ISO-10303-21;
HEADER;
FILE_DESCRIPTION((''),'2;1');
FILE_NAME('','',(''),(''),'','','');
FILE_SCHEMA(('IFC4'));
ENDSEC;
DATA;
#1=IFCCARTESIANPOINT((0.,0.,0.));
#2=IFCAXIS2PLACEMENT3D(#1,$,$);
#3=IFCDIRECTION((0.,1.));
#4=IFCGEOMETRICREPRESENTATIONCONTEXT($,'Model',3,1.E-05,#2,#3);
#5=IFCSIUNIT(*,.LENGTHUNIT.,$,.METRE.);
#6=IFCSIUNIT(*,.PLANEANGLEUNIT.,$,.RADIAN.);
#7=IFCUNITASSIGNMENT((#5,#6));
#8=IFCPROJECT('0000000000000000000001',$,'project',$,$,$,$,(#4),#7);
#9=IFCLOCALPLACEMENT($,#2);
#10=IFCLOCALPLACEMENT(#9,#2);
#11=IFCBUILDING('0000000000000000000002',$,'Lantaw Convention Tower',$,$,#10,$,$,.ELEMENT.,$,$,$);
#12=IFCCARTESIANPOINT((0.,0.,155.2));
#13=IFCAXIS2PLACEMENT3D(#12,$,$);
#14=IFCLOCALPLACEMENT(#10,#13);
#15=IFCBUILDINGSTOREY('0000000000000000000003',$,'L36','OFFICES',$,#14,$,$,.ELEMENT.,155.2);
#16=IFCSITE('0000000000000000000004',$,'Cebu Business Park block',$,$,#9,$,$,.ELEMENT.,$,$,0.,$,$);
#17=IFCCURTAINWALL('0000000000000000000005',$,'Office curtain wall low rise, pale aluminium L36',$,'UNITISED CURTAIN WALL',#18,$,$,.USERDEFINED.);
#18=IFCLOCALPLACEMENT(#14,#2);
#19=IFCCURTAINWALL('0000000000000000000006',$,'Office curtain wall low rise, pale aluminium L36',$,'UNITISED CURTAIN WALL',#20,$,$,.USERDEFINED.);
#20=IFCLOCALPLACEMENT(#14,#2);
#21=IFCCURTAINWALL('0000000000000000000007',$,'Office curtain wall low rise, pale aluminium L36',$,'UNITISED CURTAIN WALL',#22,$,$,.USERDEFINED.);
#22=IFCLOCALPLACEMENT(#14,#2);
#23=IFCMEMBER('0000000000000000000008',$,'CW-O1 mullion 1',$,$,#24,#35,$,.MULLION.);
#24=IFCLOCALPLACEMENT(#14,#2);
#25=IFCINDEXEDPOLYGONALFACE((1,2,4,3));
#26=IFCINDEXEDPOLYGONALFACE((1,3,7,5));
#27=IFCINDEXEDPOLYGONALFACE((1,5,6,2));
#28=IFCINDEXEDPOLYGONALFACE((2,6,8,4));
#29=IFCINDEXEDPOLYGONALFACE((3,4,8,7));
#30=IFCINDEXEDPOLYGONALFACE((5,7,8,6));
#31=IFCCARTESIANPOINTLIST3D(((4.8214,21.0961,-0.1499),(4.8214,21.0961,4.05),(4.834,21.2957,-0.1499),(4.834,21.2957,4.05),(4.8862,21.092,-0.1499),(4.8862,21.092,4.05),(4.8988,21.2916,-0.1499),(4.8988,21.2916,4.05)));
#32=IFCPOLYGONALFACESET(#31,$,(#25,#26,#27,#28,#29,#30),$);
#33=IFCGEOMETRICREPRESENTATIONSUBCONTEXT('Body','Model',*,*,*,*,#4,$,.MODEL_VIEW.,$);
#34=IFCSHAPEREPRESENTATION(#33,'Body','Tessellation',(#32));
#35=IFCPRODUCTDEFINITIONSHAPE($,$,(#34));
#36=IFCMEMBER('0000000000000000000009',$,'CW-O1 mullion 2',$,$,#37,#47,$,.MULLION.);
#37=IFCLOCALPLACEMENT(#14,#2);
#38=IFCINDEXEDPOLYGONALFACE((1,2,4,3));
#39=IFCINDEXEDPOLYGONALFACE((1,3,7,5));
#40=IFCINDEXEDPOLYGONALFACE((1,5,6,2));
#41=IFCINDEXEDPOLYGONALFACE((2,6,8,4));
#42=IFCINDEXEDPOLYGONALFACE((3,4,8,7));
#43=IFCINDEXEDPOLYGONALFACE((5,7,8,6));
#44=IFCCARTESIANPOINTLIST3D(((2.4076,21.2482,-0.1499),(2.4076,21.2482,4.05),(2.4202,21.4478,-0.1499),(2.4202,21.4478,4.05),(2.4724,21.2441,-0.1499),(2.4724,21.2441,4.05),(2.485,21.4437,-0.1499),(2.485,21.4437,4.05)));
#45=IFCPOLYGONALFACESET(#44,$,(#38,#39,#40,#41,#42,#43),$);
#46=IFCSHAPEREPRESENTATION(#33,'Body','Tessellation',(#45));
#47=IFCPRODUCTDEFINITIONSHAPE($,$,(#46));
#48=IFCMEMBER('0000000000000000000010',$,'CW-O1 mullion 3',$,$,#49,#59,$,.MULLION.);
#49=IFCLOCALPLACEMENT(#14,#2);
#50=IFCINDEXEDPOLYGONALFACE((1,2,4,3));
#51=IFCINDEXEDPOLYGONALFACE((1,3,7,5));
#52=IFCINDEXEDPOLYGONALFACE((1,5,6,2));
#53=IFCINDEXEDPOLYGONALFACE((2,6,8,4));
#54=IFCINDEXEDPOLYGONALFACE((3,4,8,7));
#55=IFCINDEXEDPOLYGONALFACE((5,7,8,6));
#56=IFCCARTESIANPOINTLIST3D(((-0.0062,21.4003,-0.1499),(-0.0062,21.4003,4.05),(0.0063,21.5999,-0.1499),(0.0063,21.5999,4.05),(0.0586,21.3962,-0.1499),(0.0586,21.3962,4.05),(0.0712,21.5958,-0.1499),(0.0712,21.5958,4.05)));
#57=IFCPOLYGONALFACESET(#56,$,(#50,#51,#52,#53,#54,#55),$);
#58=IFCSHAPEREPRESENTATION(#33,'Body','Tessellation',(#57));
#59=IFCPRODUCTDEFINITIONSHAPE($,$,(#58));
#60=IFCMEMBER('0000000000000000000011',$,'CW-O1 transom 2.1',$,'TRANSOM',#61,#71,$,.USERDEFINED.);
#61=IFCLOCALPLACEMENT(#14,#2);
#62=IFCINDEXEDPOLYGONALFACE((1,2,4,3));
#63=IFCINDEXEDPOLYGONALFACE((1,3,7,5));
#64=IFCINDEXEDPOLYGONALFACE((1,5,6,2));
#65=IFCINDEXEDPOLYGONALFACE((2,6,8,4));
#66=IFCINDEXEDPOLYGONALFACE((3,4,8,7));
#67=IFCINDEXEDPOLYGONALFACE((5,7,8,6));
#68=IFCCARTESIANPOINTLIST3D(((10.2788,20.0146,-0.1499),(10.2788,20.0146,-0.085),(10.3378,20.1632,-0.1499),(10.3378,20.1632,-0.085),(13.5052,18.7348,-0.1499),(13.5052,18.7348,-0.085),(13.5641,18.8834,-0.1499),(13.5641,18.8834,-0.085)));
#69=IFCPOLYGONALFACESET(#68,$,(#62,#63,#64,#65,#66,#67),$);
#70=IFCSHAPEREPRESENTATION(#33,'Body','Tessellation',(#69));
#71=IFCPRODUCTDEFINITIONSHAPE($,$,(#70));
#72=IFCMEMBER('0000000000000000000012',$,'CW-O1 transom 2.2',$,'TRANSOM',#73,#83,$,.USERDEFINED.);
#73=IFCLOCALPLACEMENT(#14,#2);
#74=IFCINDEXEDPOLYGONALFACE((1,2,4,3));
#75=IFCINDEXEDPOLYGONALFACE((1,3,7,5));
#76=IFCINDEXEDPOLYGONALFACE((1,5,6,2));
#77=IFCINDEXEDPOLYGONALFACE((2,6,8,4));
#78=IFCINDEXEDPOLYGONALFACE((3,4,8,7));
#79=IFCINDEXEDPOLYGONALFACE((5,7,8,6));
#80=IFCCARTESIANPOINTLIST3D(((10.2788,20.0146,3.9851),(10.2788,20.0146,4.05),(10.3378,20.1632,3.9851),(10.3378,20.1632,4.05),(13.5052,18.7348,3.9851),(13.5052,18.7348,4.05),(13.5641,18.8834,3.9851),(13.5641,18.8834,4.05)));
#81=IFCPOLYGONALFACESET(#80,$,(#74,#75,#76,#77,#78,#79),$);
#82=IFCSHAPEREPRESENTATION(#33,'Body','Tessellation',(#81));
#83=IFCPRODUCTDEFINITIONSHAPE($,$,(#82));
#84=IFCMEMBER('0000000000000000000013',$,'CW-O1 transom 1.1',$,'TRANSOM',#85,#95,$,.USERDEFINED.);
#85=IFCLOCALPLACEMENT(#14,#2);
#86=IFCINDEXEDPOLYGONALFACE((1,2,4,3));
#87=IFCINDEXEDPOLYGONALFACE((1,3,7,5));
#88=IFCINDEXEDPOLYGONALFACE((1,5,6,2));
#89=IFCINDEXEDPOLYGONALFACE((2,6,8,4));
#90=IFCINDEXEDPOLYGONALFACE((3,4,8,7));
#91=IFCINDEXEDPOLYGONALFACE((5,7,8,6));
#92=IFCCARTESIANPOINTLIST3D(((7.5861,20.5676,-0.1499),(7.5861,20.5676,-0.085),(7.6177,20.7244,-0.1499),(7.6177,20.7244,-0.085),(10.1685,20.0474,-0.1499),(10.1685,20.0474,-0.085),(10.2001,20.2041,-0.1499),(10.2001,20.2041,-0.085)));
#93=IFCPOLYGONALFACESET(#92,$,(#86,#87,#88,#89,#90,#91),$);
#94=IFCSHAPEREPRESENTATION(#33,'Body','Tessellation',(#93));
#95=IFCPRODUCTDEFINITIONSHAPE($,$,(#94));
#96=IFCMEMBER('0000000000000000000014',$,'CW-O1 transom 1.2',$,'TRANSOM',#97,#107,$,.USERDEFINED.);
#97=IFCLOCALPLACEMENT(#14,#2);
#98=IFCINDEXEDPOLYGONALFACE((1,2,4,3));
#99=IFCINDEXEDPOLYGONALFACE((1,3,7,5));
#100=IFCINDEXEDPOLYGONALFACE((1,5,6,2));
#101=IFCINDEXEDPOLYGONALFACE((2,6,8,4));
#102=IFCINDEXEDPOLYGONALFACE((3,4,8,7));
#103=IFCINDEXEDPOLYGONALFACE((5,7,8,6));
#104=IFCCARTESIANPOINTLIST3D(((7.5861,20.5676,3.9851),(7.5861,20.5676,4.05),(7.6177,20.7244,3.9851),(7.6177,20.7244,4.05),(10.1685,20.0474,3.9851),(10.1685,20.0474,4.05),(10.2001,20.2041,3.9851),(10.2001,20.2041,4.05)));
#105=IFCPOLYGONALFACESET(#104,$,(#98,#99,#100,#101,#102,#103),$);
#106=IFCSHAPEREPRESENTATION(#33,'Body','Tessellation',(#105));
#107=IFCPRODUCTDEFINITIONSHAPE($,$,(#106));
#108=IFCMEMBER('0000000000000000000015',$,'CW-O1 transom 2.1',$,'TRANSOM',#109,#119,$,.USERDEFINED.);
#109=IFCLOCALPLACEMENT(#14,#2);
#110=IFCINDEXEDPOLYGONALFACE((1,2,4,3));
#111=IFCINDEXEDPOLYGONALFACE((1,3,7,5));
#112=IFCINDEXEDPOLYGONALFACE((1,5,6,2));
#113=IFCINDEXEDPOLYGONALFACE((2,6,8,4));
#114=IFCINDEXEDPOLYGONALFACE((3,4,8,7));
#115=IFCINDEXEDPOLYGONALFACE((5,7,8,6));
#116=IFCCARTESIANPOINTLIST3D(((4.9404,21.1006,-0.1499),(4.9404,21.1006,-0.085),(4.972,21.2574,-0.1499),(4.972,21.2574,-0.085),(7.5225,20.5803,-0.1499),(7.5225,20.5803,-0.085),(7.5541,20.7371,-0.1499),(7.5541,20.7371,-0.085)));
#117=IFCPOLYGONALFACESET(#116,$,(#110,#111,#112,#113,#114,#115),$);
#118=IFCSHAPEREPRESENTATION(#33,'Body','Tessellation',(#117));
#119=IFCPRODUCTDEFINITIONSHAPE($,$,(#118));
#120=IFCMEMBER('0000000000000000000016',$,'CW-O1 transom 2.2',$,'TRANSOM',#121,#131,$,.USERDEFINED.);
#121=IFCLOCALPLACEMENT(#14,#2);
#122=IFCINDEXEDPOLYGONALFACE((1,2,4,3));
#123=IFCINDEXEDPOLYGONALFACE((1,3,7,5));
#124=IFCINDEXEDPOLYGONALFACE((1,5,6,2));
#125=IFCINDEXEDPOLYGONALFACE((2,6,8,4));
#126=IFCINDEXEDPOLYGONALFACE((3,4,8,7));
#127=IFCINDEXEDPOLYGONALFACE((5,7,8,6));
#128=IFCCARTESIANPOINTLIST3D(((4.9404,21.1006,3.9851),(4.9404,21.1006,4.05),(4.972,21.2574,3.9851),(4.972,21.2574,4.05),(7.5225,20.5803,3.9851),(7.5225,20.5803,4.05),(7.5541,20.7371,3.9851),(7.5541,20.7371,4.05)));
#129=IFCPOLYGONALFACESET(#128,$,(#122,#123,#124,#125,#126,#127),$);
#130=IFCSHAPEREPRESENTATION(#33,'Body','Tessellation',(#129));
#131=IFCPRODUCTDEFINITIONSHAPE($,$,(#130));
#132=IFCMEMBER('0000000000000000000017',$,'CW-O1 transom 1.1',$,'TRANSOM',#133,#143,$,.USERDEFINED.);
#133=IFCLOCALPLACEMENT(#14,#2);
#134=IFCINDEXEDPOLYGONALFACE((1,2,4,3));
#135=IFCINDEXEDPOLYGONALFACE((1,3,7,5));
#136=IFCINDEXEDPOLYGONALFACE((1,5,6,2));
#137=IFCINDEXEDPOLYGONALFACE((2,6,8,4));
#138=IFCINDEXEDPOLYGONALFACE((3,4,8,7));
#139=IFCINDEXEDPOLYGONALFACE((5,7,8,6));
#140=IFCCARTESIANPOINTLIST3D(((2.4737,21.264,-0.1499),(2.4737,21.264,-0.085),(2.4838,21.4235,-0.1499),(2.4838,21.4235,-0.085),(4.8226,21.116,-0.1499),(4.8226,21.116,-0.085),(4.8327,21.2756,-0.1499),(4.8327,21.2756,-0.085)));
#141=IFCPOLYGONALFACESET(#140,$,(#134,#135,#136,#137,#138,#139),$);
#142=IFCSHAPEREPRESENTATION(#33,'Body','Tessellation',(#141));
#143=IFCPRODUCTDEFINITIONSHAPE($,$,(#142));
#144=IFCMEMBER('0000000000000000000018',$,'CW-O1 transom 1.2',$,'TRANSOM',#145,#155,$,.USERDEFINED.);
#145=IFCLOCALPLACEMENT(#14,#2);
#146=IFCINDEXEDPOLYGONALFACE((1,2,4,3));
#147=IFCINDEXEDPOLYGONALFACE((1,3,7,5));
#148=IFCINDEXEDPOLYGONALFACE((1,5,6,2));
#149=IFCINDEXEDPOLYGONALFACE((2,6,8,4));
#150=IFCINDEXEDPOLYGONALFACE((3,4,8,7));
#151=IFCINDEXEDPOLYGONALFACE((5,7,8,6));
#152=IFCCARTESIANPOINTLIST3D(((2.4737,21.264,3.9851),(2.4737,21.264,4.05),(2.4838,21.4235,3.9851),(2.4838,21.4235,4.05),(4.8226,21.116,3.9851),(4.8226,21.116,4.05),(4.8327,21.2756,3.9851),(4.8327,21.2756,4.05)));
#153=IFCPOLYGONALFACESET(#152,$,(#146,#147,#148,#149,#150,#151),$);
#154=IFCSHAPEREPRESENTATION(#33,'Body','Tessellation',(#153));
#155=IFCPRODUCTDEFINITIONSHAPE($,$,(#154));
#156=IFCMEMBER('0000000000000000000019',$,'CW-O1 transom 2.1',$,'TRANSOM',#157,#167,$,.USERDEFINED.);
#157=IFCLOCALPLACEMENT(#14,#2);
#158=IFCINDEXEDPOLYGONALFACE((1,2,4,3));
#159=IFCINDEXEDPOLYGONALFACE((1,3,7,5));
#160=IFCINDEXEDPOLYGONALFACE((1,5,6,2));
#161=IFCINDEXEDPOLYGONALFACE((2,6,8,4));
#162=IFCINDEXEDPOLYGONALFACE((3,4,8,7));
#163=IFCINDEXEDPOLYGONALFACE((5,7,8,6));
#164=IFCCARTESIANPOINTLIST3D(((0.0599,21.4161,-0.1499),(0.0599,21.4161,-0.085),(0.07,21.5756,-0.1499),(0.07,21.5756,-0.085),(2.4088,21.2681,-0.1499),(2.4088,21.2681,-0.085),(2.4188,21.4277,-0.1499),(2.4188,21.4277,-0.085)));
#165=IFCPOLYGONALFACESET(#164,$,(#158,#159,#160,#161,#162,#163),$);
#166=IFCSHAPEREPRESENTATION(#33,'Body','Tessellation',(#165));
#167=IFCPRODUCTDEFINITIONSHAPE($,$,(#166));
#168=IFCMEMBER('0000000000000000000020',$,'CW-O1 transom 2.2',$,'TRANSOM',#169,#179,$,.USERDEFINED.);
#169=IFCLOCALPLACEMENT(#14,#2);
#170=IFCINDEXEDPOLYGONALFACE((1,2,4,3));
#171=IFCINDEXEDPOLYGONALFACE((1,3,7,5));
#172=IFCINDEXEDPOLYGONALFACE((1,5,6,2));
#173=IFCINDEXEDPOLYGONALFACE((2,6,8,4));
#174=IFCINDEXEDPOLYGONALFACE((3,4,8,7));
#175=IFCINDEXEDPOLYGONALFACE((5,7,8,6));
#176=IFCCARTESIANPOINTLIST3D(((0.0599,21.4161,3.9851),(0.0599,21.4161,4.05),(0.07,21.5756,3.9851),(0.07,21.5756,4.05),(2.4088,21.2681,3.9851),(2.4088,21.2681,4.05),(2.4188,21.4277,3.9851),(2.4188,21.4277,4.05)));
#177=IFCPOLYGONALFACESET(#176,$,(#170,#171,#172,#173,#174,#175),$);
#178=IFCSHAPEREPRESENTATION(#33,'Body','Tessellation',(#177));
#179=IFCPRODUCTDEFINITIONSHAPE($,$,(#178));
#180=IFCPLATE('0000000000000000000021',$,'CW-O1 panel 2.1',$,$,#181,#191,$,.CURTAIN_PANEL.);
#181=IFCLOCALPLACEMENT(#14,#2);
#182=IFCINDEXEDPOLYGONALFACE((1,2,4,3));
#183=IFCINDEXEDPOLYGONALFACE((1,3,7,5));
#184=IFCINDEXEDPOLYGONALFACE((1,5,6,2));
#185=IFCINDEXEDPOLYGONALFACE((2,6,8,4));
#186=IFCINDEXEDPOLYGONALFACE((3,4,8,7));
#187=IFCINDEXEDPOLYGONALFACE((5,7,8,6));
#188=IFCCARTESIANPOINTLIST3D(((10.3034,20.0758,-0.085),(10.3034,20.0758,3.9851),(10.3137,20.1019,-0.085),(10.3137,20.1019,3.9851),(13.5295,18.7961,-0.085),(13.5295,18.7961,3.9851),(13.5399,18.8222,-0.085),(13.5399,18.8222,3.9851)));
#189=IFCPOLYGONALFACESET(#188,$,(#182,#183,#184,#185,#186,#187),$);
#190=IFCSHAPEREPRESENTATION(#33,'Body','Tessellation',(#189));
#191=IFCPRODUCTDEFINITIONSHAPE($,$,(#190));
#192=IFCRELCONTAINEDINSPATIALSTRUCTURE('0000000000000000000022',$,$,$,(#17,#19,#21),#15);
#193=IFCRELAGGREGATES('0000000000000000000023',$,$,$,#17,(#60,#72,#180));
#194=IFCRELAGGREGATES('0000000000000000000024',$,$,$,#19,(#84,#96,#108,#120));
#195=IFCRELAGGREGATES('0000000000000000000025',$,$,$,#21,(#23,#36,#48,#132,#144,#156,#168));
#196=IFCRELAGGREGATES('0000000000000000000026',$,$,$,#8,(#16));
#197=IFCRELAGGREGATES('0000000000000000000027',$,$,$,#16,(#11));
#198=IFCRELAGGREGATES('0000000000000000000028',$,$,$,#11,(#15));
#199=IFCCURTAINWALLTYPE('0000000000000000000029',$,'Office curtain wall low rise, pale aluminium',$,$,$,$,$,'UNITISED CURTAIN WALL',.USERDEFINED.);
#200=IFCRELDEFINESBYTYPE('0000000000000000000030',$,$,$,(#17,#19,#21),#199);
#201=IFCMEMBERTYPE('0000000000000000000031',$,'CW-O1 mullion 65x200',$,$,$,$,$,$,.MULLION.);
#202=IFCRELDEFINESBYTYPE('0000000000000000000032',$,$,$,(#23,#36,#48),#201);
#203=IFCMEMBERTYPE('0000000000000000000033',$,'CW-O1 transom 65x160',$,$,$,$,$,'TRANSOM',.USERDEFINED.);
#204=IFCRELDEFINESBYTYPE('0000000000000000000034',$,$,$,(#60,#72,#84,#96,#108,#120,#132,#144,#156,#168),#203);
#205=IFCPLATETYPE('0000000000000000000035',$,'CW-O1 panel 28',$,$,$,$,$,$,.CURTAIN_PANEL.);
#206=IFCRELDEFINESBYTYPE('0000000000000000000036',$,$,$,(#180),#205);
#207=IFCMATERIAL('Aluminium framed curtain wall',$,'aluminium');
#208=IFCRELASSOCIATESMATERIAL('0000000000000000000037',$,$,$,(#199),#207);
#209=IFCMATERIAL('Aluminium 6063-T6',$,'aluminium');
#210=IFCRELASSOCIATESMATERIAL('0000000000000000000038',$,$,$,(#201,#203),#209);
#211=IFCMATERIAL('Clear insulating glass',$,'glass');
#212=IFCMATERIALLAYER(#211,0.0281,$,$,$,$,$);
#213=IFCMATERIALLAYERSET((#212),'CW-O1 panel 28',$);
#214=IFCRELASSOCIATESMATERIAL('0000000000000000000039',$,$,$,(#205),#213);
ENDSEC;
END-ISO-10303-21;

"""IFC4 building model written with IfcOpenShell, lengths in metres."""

from ifc_helpers import new_model, si_unit, direction, frame, origin, origin_2d, place, context, subcontext, project, spatial, rectangle, extrude, material, layer, layer_set, material_profile, profile_set, type_object, element, aggregate, save


model = new_model("IFC4")

# Units and contexts
model_context = context("Model", 3, precision=1e-05, world=origin(), true_north=direction((0.0, 1.0)))
body_context = subcontext(model_context, "Body", "Model", "MODEL_VIEW")
ifc_project = project(units=[si_unit("LENGTHUNIT", "METRE"), si_unit("PLANEANGLEUNIT", "RADIAN")], contexts=[model_context])

# Site, building, storey
site_placement = place(None, origin())
site = spatial("IfcSite", under=ifc_project, at=site_placement, Name="Cebu Business Park block", CompositionType="ELEMENT", RefElevation=0.0)
building_placement = place(site_placement, origin())
building = spatial("IfcBuilding", under=site, at=building_placement, Name="Lantaw Convention Tower", CompositionType="ELEMENT")
storey_placement = place(building_placement, frame((0.0, 0.0, 155.2)))
storey = spatial("IfcBuildingStorey", under=building, at=storey_placement, Name="L36", Description="OFFICES", CompositionType="ELEMENT", Elevation=155.2)

# Curtain wall
ifc_material_1 = material(Name="Aluminium framed curtain wall", Category="aluminium")
curtain_wall_type = type_object("IfcCurtainWallType", Name="Office curtain wall low rise, pale aluminium", ElementType="UNITISED CURTAIN WALL", PredefinedType="USERDEFINED", material=ifc_material_1)
curtain_wall_1_placement = place(storey_placement, origin())
curtain_wall_1 = element("IfcCurtainWall", 1, at=curtain_wall_1_placement, inside=storey, type_object=curtain_wall_type, Name="Office curtain wall low rise, pale aluminium L36", ObjectType="UNITISED CURTAIN WALL", PredefinedType="USERDEFINED")
ifc_material_2 = material(Name="Aluminium 6063-T6", Category="aluminium")
ifc_material_profile_1 = material_profile(ifc_material_2, rectangle(XDim=0.2, YDim=0.0649, at=origin_2d()), Name="CW-O1 mullion 65x200")
ifc_profile_set_1 = profile_set([ifc_material_profile_1], Name="Aluminium 6063-T6")
member_type_1 = type_object("IfcMemberType", Name="CW-O1 mullion 65x200", PredefinedType="MULLION", material=ifc_profile_set_1)

# Curtain walls, members
curtain_wall_2_placement = place(storey_placement, origin())
curtain_wall_2 = element("IfcCurtainWall", 2, at=curtain_wall_2_placement, inside=storey, type_object=curtain_wall_type, Name="Office curtain wall low rise, pale aluminium L36", ObjectType="UNITISED CURTAIN WALL", PredefinedType="USERDEFINED")
curtain_wall_3_placement = place(storey_placement, origin())
curtain_wall_3 = element("IfcCurtainWall", 3, at=curtain_wall_3_placement, inside=storey, type_object=curtain_wall_type, Name="Office curtain wall low rise, pale aluminium L36", ObjectType="UNITISED CURTAIN WALL", PredefinedType="USERDEFINED")
member_1_placement = place(storey_placement, frame((4.8601, 21.1938, -0.1499), z_axis=(0.0, 0.0, 1.0), x_axis=(-0.062865, -0.998022, 0.0)))
member_1 = element("IfcMember", 4, at=member_1_placement, type_object=member_type_1, Name="CW-O1 mullion 1", PredefinedType="MULLION", context=body_context, shape_type="SweptSolid", body=[
    extrude(rectangle(XDim=0.2, YDim=0.0649, at=origin_2d()), origin(), (0.0, 0.0, 1.0), 4.2),
])
member_2_placement = place(storey_placement, frame((2.4463, 21.3459, -0.1499), z_axis=(0.0, 0.0, 1.0), x_axis=(-0.062865, -0.998022, 0.0)))
member_2 = element("IfcMember", 5, at=member_2_placement, type_object=member_type_1, Name="CW-O1 mullion 2", PredefinedType="MULLION", context=body_context, shape_type="SweptSolid", body=[
    extrude(rectangle(XDim=0.2, YDim=0.0649, at=origin_2d()), origin(), (0.0, 0.0, 1.0), 4.2),
])
member_3_placement = place(storey_placement, frame((0.0325, 21.498, -0.1499), z_axis=(0.0, 0.0, 1.0), x_axis=(-0.062865, -0.998022, 0.0)))
member_3 = element("IfcMember", 6, at=member_3_placement, type_object=member_type_1, Name="CW-O1 mullion 3", PredefinedType="MULLION", context=body_context, shape_type="SweptSolid", body=[
    extrude(rectangle(XDim=0.2, YDim=0.0649, at=origin_2d()), origin(), (0.0, 0.0, 1.0), 4.2),
])

# Members
ifc_material_profile_2 = material_profile(ifc_material_2, rectangle(XDim=0.1599, YDim=0.0649, at=origin_2d()), Name="CW-O1 transom 65x160")
ifc_profile_set_2 = profile_set([ifc_material_profile_2], Name="Aluminium 6063-T6")
member_type_2 = type_object("IfcMemberType", Name="CW-O1 transom 65x160", ElementType="TRANSOM", PredefinedType="USERDEFINED", material=ifc_profile_set_2)
member_4_placement = place(storey_placement, frame((13.5347, 18.8091, -0.1174), z_axis=(-0.92954, 0.368721, 0.0), x_axis=(-0.368721, -0.92954, 0.0)))
member_4 = element("IfcMember", 7, at=member_4_placement, type_object=member_type_2, Name="CW-O1 transom 2.1", ObjectType="TRANSOM", PredefinedType="USERDEFINED", context=body_context, shape_type="SweptSolid", body=[
    extrude(rectangle(XDim=0.1599, YDim=0.0649, at=origin_2d()), origin(), (0.0, 0.0, 1.0), 3.4709),
])
member_5_placement = place(storey_placement, frame((13.5347, 18.8091, 4.0176), z_axis=(-0.92954, 0.368721, 0.0), x_axis=(-0.368721, -0.92954, 0.0)))
member_5 = element("IfcMember", 8, at=member_5_placement, type_object=member_type_2, Name="CW-O1 transom 2.2", ObjectType="TRANSOM", PredefinedType="USERDEFINED", context=body_context, shape_type="SweptSolid", body=[
    extrude(rectangle(XDim=0.1599, YDim=0.0649, at=origin_2d()), origin(), (0.0, 0.0, 1.0), 3.4709),
])
member_6_placement = place(storey_placement, frame((10.1843, 20.1257, -0.1174), z_axis=(-0.980302, 0.197506, 0.0), x_axis=(-0.197506, -0.980302, 0.0)))
member_6 = element("IfcMember", 9, at=member_6_placement, type_object=member_type_2, Name="CW-O1 transom 1.1", ObjectType="TRANSOM", PredefinedType="USERDEFINED", context=body_context, shape_type="SweptSolid", body=[
    extrude(rectangle(XDim=0.1599, YDim=0.0649, at=origin_2d()), origin(), (0.0, 0.0, 1.0), 2.6343),
])
member_7_placement = place(storey_placement, frame((10.1843, 20.1257, 4.0176), z_axis=(-0.980302, 0.197506, 0.0), x_axis=(-0.197506, -0.980302, 0.0)))
member_7 = element("IfcMember", 10, at=member_7_placement, type_object=member_type_2, Name="CW-O1 transom 1.2", ObjectType="TRANSOM", PredefinedType="USERDEFINED", context=body_context, shape_type="SweptSolid", body=[
    extrude(rectangle(XDim=0.1599, YDim=0.0649, at=origin_2d()), origin(), (0.0, 0.0, 1.0), 2.6343),
])
member_8_placement = place(storey_placement, frame((7.5383, 20.6587, -0.1174), z_axis=(-0.980298, 0.197524, 0.0), x_axis=(-0.197524, -0.980298, 0.0)))
member_8 = element("IfcMember", 11, at=member_8_placement, type_object=member_type_2, Name="CW-O1 transom 2.1", ObjectType="TRANSOM", PredefinedType="USERDEFINED", context=body_context, shape_type="SweptSolid", body=[
    extrude(rectangle(XDim=0.1599, YDim=0.0649, at=origin_2d()), origin(), (0.0, 0.0, 1.0), 2.634),
])
member_9_placement = place(storey_placement, frame((7.5383, 20.6587, 4.0176), z_axis=(-0.980298, 0.197524, 0.0), x_axis=(-0.197524, -0.980298, 0.0)))
member_9 = element("IfcMember", 12, at=member_9_placement, type_object=member_type_2, Name="CW-O1 transom 2.2", ObjectType="TRANSOM", PredefinedType="USERDEFINED", context=body_context, shape_type="SweptSolid", body=[
    extrude(rectangle(XDim=0.1599, YDim=0.0649, at=origin_2d()), origin(), (0.0, 0.0, 1.0), 2.634),
])
member_10_placement = place(storey_placement, frame((4.8276, 21.1958, -0.1174), z_axis=(-0.998022, 0.062863, 0.0), x_axis=(-0.062863, -0.998022, 0.0)))
member_10 = element("IfcMember", 13, at=member_10_placement, type_object=member_type_2, Name="CW-O1 transom 1.1", ObjectType="TRANSOM", PredefinedType="USERDEFINED", context=body_context, shape_type="SweptSolid", body=[
    extrude(rectangle(XDim=0.1599, YDim=0.0649, at=origin_2d()), origin(), (0.0, 0.0, 1.0), 2.3535),
])
member_11_placement = place(storey_placement, frame((4.8276, 21.1958, 4.0176), z_axis=(-0.998022, 0.062863, 0.0), x_axis=(-0.062863, -0.998022, 0.0)))
member_11 = element("IfcMember", 14, at=member_11_placement, type_object=member_type_2, Name="CW-O1 transom 1.2", ObjectType="TRANSOM", PredefinedType="USERDEFINED", context=body_context, shape_type="SweptSolid", body=[
    extrude(rectangle(XDim=0.1599, YDim=0.0649, at=origin_2d()), origin(), (0.0, 0.0, 1.0), 2.3535),
])
member_12_placement = place(storey_placement, frame((2.4138, 21.3479, -0.1174), z_axis=(-0.998022, 0.062863, 0.0), x_axis=(-0.062863, -0.998022, 0.0)))
member_12 = element("IfcMember", 15, at=member_12_placement, type_object=member_type_2, Name="CW-O1 transom 2.1", ObjectType="TRANSOM", PredefinedType="USERDEFINED", context=body_context, shape_type="SweptSolid", body=[
    extrude(rectangle(XDim=0.1599, YDim=0.0649, at=origin_2d()), origin(), (0.0, 0.0, 1.0), 2.3535),
])
member_13_placement = place(storey_placement, frame((2.4138, 21.3479, 4.0176), z_axis=(-0.998022, 0.062863, 0.0), x_axis=(-0.062863, -0.998022, 0.0)))
member_13 = element("IfcMember", 16, at=member_13_placement, type_object=member_type_2, Name="CW-O1 transom 2.2", ObjectType="TRANSOM", PredefinedType="USERDEFINED", context=body_context, shape_type="SweptSolid", body=[
    extrude(rectangle(XDim=0.1599, YDim=0.0649, at=origin_2d()), origin(), (0.0, 0.0, 1.0), 2.3535),
])

# Plate
ifc_material_3 = material(Name="Clear insulating glass", Category="glass")
ifc_layer_1 = layer(ifc_material_3, 0.0281)
ifc_layer_set_1 = layer_set([ifc_layer_1], Name="CW-O1 panel 28")
plate_type_1 = type_object("IfcPlateType", Name="CW-O1 panel 28", PredefinedType="CURTAIN_PANEL", material=ifc_layer_set_1)
plate_1_placement = place(storey_placement, frame((11.9216, 19.449, -0.085), z_axis=(0.0, 0.0, 1.0), x_axis=(-0.929548, 0.368702, 0.0)))
plate_1 = element("IfcPlate", 17, at=plate_1_placement, type_object=plate_type_1, Name="CW-O1 panel 2.1", PredefinedType="CURTAIN_PANEL", context=body_context, shape_type="SweptSolid", body=[
    extrude(rectangle(XDim=3.4707, YDim=0.0281, at=origin_2d()), origin(), (0.0, 0.0, 1.0), 4.0701),
])
aggregate(curtain_wall_1, [member_4, member_5, plate_1])
aggregate(curtain_wall_2, [member_6, member_7, member_8, member_9])
aggregate(curtain_wall_3, [member_1, member_2, member_3, member_10, member_11, member_12, member_13])

save(model, "model.ifc")
